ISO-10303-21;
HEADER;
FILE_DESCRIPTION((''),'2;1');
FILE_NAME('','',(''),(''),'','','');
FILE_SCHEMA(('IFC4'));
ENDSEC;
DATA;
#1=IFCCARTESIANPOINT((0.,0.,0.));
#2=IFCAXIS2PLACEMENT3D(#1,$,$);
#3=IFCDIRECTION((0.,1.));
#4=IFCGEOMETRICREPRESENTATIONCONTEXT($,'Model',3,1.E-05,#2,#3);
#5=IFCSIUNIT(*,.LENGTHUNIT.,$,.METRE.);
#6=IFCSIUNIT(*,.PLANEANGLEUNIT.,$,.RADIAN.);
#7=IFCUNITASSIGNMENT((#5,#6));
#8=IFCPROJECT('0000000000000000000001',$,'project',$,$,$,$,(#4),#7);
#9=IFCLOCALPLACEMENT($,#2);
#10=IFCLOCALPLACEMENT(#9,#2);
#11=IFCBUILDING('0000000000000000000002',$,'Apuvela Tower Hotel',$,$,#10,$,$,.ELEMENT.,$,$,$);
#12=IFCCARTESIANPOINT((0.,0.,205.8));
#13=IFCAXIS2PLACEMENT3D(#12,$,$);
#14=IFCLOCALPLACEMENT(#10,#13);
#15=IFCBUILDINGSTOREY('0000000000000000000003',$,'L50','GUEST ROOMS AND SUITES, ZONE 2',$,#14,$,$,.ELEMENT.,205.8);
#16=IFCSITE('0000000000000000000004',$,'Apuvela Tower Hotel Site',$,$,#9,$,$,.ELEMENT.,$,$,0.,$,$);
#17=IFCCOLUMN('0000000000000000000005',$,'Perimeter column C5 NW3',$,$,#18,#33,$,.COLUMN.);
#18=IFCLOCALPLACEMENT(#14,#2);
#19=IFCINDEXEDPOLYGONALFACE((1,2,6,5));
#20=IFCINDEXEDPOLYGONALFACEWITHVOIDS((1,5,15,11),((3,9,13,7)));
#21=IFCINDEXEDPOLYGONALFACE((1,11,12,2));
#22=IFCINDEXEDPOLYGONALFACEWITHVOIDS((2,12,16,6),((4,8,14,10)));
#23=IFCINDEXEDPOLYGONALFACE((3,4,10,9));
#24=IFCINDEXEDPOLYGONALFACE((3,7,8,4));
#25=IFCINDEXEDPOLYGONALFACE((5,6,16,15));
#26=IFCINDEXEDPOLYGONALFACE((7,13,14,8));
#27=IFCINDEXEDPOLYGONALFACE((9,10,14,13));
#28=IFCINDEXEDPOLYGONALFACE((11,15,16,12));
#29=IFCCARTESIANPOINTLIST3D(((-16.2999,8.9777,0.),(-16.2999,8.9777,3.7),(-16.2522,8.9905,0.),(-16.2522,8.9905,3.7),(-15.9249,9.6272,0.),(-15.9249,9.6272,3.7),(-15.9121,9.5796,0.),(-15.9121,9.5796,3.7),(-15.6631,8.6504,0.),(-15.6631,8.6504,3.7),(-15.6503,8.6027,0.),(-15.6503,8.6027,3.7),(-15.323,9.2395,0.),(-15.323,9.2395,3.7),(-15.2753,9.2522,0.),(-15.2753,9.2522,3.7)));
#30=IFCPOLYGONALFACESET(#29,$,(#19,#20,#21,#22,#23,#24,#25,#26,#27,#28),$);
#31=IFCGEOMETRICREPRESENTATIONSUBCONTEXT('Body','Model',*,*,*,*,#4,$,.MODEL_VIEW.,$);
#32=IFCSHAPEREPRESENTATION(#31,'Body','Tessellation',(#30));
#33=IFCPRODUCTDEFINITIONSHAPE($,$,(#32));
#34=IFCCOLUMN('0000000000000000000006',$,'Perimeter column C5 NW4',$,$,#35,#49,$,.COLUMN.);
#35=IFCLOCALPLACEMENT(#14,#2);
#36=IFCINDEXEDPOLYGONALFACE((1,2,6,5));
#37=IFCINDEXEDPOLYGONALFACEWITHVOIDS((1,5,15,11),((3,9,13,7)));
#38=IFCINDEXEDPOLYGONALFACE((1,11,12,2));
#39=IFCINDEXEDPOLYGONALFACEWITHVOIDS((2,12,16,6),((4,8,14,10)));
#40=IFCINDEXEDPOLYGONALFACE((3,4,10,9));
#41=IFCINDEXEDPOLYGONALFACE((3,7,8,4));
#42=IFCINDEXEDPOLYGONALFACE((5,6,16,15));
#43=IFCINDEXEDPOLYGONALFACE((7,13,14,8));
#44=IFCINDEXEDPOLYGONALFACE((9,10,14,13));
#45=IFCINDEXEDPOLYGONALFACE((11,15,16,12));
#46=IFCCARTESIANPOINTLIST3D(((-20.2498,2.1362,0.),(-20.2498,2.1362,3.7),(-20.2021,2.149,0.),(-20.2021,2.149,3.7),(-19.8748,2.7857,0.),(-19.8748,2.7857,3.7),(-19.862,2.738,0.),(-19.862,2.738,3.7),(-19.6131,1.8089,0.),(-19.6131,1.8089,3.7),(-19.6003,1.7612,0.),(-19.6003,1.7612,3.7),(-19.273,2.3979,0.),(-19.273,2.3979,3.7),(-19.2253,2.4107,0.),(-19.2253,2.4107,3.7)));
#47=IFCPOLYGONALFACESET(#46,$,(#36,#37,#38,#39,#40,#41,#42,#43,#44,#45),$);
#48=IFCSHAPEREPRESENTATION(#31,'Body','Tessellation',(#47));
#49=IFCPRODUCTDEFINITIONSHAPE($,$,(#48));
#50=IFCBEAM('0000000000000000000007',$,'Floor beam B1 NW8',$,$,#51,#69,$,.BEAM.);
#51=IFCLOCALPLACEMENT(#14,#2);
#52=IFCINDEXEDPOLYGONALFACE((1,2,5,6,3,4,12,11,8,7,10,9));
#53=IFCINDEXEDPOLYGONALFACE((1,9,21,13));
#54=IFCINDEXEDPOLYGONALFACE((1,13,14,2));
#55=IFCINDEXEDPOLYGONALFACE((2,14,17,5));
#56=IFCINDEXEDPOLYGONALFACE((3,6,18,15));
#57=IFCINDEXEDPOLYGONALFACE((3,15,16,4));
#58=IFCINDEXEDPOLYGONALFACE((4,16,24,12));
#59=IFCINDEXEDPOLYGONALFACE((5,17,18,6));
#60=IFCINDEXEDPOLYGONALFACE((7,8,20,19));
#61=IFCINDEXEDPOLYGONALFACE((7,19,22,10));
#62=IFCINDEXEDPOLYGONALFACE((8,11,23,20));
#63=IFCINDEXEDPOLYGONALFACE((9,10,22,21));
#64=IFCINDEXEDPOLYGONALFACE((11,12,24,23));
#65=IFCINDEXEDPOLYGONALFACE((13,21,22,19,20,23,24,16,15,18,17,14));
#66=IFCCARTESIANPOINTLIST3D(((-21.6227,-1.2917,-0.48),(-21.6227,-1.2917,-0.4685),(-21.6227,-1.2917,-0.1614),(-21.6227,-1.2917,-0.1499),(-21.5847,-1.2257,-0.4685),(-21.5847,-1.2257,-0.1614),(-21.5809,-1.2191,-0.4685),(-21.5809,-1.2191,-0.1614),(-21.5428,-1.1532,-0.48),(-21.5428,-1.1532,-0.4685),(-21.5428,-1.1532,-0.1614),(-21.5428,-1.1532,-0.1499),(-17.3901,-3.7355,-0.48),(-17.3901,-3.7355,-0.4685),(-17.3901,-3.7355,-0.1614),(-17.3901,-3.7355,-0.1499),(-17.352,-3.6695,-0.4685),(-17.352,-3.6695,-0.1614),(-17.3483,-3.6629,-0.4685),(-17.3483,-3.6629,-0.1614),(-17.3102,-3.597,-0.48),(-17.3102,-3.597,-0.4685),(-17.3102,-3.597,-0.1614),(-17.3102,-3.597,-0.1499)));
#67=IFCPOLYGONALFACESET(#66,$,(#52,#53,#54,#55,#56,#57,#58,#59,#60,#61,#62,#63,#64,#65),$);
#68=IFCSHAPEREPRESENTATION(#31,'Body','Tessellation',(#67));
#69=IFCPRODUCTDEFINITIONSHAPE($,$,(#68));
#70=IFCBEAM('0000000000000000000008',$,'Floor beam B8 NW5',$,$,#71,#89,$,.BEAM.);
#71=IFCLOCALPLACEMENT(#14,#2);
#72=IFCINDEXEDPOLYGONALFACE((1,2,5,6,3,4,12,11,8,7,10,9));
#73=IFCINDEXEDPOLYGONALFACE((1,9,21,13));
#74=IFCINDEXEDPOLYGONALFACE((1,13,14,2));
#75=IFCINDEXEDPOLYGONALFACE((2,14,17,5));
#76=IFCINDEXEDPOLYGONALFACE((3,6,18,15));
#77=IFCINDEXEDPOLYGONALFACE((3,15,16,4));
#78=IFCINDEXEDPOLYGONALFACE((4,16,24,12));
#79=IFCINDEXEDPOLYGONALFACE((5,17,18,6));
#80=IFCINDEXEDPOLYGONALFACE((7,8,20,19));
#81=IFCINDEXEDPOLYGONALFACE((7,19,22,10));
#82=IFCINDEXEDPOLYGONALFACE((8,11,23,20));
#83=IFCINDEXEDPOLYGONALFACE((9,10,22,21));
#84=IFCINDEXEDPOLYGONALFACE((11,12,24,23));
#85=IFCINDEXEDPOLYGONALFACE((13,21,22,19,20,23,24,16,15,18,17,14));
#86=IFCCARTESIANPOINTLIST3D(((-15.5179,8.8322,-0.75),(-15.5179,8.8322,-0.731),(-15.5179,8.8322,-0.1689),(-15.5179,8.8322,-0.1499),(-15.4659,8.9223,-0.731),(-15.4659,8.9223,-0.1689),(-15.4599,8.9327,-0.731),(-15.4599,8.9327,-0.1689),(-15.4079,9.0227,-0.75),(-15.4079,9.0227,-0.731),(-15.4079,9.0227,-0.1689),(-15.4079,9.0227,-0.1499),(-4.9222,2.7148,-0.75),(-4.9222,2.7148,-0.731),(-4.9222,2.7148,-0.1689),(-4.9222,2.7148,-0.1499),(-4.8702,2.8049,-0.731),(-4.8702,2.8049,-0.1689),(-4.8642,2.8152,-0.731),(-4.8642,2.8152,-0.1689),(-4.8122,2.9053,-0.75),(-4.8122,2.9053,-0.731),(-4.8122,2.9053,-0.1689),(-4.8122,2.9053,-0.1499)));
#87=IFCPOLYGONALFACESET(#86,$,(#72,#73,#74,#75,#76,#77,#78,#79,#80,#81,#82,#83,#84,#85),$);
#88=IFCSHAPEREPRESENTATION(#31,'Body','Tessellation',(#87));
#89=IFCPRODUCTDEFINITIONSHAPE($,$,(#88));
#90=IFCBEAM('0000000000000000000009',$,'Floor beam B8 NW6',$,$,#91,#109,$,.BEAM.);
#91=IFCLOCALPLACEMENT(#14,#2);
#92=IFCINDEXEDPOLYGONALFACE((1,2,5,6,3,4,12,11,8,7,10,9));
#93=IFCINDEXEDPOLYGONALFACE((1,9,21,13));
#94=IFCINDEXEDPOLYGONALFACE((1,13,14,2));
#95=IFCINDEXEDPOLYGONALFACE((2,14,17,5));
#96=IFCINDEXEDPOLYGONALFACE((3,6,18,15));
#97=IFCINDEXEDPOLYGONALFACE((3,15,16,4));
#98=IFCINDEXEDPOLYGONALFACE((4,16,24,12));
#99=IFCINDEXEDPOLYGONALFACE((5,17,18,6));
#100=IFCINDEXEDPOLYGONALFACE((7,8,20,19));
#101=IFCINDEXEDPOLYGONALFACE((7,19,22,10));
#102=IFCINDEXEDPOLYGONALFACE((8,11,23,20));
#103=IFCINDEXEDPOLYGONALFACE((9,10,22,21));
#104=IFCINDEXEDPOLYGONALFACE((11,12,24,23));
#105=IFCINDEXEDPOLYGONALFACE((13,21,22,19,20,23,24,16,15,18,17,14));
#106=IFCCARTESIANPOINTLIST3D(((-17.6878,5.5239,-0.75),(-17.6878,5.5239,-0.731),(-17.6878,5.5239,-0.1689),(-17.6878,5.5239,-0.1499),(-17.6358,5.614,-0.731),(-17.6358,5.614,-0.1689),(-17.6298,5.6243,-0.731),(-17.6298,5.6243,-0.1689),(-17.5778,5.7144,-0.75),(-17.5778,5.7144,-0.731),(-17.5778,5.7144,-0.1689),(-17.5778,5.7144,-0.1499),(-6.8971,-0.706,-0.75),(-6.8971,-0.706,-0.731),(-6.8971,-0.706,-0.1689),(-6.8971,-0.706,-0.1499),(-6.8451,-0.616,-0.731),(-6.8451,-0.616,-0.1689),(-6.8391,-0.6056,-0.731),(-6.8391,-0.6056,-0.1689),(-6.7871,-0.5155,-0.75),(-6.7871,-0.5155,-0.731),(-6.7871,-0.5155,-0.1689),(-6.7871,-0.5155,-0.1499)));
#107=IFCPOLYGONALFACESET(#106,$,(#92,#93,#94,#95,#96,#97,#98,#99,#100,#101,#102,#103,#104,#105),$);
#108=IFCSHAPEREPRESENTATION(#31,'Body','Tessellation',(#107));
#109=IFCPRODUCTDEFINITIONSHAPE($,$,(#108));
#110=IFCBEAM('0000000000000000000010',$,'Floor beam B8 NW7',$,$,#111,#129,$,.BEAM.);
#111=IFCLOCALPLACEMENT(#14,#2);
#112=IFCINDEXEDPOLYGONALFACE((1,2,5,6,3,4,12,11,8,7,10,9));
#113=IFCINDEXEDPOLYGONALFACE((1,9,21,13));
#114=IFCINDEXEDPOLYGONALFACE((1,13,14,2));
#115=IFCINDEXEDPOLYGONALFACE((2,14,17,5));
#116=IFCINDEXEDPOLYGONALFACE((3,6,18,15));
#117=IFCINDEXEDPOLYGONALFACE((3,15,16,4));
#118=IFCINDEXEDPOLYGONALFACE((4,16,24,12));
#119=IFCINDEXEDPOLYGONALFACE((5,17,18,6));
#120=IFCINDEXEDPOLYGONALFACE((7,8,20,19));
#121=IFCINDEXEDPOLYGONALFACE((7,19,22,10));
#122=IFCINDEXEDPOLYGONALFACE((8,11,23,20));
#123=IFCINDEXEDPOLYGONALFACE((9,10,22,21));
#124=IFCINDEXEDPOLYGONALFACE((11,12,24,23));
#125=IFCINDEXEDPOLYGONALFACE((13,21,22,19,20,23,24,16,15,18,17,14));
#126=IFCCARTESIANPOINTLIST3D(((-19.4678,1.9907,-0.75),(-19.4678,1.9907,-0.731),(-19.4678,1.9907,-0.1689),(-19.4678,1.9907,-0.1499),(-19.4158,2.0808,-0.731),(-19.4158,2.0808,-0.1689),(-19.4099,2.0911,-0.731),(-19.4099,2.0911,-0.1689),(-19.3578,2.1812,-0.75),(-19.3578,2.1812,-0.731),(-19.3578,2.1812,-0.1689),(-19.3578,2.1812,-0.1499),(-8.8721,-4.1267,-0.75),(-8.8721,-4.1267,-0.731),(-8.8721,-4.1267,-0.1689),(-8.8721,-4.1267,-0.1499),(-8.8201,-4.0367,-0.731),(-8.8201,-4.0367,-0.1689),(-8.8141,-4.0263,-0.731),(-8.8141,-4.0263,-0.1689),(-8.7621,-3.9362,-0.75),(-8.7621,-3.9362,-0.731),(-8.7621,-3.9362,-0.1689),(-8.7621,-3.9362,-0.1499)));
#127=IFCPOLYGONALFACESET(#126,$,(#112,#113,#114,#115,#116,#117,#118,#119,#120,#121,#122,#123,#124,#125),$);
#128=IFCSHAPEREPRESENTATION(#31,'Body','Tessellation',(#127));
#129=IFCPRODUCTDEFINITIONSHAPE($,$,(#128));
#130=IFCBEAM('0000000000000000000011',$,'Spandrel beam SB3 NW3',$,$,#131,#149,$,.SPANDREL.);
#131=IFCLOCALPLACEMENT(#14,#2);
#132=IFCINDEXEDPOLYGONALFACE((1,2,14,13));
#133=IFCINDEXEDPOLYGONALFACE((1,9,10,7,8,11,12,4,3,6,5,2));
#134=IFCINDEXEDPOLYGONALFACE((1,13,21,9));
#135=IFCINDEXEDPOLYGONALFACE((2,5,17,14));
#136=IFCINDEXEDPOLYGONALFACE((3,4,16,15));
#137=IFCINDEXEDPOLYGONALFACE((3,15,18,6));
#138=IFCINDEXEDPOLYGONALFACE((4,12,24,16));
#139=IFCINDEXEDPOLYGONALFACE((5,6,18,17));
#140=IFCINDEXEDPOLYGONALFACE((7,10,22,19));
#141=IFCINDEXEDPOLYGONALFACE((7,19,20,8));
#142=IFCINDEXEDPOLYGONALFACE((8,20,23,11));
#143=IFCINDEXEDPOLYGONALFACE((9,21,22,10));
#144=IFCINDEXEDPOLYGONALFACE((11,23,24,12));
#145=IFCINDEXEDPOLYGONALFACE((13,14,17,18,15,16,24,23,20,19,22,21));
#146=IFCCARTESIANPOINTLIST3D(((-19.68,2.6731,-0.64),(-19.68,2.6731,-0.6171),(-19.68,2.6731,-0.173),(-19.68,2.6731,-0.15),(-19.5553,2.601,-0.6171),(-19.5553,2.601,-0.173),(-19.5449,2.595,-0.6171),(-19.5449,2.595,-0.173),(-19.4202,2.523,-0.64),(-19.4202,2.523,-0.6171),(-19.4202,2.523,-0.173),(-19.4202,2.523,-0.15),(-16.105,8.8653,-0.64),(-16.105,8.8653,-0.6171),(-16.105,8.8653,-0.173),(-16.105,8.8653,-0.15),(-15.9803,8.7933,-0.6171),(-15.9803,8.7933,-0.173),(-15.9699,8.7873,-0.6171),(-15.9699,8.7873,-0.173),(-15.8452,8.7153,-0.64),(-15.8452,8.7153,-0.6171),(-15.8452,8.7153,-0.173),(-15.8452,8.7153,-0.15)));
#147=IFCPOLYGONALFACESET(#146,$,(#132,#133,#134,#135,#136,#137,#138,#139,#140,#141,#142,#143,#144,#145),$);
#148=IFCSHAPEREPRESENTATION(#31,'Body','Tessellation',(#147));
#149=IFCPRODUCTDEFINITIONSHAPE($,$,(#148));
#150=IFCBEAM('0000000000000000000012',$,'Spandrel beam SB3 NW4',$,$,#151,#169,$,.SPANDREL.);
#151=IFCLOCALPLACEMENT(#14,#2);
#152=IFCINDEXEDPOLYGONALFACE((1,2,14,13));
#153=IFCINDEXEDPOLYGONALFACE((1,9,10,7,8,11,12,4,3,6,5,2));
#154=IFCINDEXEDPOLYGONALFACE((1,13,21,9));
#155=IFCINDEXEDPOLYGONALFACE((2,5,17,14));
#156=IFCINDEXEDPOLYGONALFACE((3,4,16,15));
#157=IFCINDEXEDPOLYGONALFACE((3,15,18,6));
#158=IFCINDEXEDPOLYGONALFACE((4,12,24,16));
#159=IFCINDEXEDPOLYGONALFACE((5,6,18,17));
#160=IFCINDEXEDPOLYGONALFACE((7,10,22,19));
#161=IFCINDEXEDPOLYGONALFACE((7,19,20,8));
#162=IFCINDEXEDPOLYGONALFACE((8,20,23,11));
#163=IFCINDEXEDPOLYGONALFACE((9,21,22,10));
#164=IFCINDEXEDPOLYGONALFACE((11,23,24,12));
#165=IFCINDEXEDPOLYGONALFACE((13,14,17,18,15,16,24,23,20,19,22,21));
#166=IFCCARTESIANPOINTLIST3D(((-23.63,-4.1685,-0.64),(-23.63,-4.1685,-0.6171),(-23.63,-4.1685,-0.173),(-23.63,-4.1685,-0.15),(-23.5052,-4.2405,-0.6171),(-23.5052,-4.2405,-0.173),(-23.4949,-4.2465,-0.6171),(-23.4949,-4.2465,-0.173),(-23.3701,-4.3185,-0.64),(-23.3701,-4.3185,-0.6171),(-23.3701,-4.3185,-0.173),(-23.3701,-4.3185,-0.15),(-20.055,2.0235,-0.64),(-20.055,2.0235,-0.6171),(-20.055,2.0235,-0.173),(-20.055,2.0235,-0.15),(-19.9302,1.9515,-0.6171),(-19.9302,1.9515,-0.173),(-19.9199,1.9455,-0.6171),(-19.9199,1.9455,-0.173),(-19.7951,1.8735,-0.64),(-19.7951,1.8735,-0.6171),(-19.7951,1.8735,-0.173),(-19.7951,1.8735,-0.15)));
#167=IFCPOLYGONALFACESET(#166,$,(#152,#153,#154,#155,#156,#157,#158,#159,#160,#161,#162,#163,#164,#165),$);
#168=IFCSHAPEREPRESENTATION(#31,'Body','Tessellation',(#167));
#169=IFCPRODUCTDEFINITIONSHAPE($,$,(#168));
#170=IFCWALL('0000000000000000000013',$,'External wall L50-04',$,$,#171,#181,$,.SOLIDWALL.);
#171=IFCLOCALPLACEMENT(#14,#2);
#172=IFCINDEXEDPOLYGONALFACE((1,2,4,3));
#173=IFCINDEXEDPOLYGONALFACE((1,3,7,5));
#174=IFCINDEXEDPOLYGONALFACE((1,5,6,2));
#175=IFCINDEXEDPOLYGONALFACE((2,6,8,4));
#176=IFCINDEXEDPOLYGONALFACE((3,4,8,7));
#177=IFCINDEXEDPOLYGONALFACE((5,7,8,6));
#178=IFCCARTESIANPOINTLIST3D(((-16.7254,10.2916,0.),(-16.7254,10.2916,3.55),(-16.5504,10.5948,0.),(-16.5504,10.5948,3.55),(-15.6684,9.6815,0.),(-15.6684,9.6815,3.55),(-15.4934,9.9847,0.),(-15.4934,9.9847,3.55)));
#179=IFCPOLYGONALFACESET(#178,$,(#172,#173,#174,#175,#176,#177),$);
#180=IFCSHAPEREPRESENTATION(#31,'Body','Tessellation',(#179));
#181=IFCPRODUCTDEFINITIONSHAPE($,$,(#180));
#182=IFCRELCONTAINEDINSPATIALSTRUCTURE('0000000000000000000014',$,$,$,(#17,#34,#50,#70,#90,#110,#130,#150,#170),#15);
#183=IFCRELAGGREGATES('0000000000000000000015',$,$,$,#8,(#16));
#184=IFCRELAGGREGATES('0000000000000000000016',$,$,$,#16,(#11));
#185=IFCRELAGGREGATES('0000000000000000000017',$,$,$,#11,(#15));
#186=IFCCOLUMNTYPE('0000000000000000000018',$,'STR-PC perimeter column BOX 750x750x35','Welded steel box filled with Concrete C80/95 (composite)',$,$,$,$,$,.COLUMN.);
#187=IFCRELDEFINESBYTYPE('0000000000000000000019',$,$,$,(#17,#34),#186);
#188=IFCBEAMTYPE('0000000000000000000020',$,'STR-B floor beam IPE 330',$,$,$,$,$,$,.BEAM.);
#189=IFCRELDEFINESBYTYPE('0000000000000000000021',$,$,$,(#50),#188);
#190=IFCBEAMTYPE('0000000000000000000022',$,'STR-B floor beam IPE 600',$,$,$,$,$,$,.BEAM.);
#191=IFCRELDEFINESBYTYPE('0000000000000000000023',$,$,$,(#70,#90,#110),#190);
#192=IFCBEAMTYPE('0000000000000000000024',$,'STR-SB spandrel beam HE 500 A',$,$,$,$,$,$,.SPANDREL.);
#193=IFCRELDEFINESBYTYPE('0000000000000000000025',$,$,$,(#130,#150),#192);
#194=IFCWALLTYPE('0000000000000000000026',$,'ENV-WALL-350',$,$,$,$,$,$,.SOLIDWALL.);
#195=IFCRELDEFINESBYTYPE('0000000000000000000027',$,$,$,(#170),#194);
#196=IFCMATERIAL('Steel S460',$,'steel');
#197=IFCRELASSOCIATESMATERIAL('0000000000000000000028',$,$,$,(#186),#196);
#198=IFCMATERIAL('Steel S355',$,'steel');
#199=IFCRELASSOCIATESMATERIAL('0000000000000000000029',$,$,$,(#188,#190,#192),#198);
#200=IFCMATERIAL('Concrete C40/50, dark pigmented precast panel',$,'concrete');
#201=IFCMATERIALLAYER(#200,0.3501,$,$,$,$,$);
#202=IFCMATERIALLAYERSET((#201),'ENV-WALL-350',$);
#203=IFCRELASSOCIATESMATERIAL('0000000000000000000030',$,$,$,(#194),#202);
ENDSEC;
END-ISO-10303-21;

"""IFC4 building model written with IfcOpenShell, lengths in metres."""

from ifc_helpers import new_model, si_unit, direction, frame, frame_2d, origin, origin_2d, place, context, subcontext, project, spatial, rectangle, hollow_rectangle, i_section, extrude, material, layer, layer_set, material_profile, profile_set, type_object, element, save


model = new_model("IFC4")

# Units and contexts
model_context = context("Model", 3, precision=1e-05, world=origin(), true_north=direction((0.0, 1.0)))
body_context = subcontext(model_context, "Body", "Model", "MODEL_VIEW")
ifc_project = project(units=[si_unit("LENGTHUNIT", "METRE"), si_unit("PLANEANGLEUNIT", "RADIAN")], contexts=[model_context])

# Site, building, storey
site_placement = place(None, origin())
site = spatial("IfcSite", under=ifc_project, at=site_placement, Name="Apuvela Tower Hotel Site", CompositionType="ELEMENT", RefElevation=0.0)
building_placement = place(site_placement, origin())
building = spatial("IfcBuilding", under=site, at=building_placement, Name="Apuvela Tower Hotel", CompositionType="ELEMENT")
storey_placement = place(building_placement, frame((0.0, 0.0, 205.8)))
storey = spatial("IfcBuildingStorey", under=building, at=storey_placement, Name="L50", Description="GUEST ROOMS AND SUITES, ZONE 2", CompositionType="ELEMENT", Elevation=205.8)

# Columns
ifc_material_1 = material(Name="Steel S460", Category="steel")
ifc_material_profile_1 = material_profile(ifc_material_1, hollow_rectangle(XDim=0.75, YDim=0.75, WallThickness=0.0349, at=origin_2d()), Name="BOX 750x750x35")
ifc_material_2 = material(Name="Concrete C80/95", Category="concrete")
ifc_material_profile_2 = material_profile(ifc_material_2, rectangle(XDim=0.6799, YDim=0.6799, at=origin_2d()), Name="Concrete C80/95 infill")
ifc_profile_set_1 = profile_set([ifc_material_profile_1, ifc_material_profile_2], Name="Steel S460")
column_type = type_object("IfcColumnType", Name="STR-PC perimeter column BOX 750x750x35", Description="Welded steel box filled with Concrete C80/95 (composite)", PredefinedType="COLUMN", material=ifc_profile_set_1)
for number, where, z_axis, x_axis, name in (
    (1, (-15.7876, 9.115, 0.0), (0.0, 0.0, 1.0), (0.5, 0.866025, 0.0), "Perimeter column C5 NW3"),
    (2, (-19.7375, 2.2734, 0.0), (0.0, 0.0, 1.0), (0.5, 0.866025, 0.0), "Perimeter column C5 NW4"),
):
    element("IfcColumn", number, at=place(storey_placement, frame(where, z_axis=z_axis, x_axis=x_axis)), inside=storey, type_object=column_type, Name=name, PredefinedType="COLUMN", context=body_context, shape_type="SweptSolid", body=[
        extrude(hollow_rectangle(XDim=0.75, YDim=0.75, WallThickness=0.0349, at=origin_2d()), origin(), (0.0, 0.0, 1.0), 3.7),
    ])

# Beams
ifc_material_3 = material(Name="Steel S355", Category="steel")
ifc_material_profile_3 = material_profile(ifc_material_3, i_section(OverallWidth=0.1599, OverallDepth=0.3301, WebThickness=0.0076, FlangeThickness=0.0115, at=origin_2d()), Name="IPE 330")
ifc_profile_set_2 = profile_set([ifc_material_profile_3], Name="Steel S355")
beam_type_1 = type_object("IfcBeamType", Name="STR-B floor beam IPE 330", PredefinedType="BEAM", material=ifc_profile_set_2)
beam_1_placement = place(storey_placement, frame((-21.5828, -1.2224, -0.3149), z_axis=(0.866015, -0.500018, 0.0), x_axis=(0.500018, 0.866015, 0.0)))
element("IfcBeam", 3, at=beam_1_placement, inside=storey, type_object=beam_type_1, Name="Floor beam B1 NW8", PredefinedType="BEAM", context=body_context, shape_type="SweptSolid", body=[
    extrude(i_section(OverallWidth=0.1599, OverallDepth=0.3301, WebThickness=0.0076, FlangeThickness=0.0115, at=origin_2d()), origin(), (0.0, 0.0, 1.0), 4.8875),
])
ifc_material_profile_4 = material_profile(ifc_material_3, i_section(OverallWidth=0.22, OverallDepth=0.6001, WebThickness=0.012, FlangeThickness=0.019, at=origin_2d()), Name="IPE 600")
ifc_profile_set_3 = profile_set([ifc_material_profile_4], Name="Steel S355")
beam_type_2 = type_object("IfcBeamType", Name="STR-B floor beam IPE 600", PredefinedType="BEAM", material=ifc_profile_set_3)
beam_2_placement = place(storey_placement, frame((-15.4629, 8.9275, -0.45), z_axis=(0.866025, -0.5, 0.0), x_axis=(0.5, 0.866025, 0.0)))
element("IfcBeam", 4, at=beam_2_placement, inside=storey, type_object=beam_type_2, Name="Floor beam B8 NW5", PredefinedType="BEAM", context=body_context, shape_type="SweptSolid", body=[
    extrude(i_section(OverallWidth=0.22, OverallDepth=0.6001, WebThickness=0.012, FlangeThickness=0.019, at=origin_2d()), origin(), (0.0, 0.0, 1.0), 12.2349),
])
beam_3_placement = place(storey_placement, frame((-17.6328, 5.6191, -0.45), z_axis=(0.866028, -0.499996, 0.0), x_axis=(0.499996, 0.866028, 0.0)))
element("IfcBeam", 5, at=beam_3_placement, inside=storey, type_object=beam_type_2, Name="Floor beam B8 NW6", PredefinedType="BEAM", context=body_context, shape_type="SweptSolid", body=[
    extrude(i_section(OverallWidth=0.22, OverallDepth=0.6001, WebThickness=0.012, FlangeThickness=0.019, at=origin_2d()), origin(), (0.0, 0.0, 1.0), 12.46),
])
beam_4_placement = place(storey_placement, frame((-19.4128, 2.0859, -0.45), z_axis=(0.866025, -0.5, 0.0), x_axis=(0.5, 0.866025, 0.0)))
element("IfcBeam", 6, at=beam_4_placement, inside=storey, type_object=beam_type_2, Name="Floor beam B8 NW7", PredefinedType="BEAM", context=body_context, shape_type="SweptSolid", body=[
    extrude(i_section(OverallWidth=0.22, OverallDepth=0.6001, WebThickness=0.012, FlangeThickness=0.019, at=origin_2d()), origin(), (0.0, 0.0, 1.0), 12.2349),
])
ifc_material_profile_5 = material_profile(ifc_material_3, i_section(OverallWidth=0.3, OverallDepth=0.49, WebThickness=0.012, FlangeThickness=0.0229, at=origin_2d()), Name="HE 500 A")
ifc_profile_set_4 = profile_set([ifc_material_profile_5], Name="Steel S355")
beam_type_3 = type_object("IfcBeamType", Name="STR-SB spandrel beam HE 500 A", PredefinedType="SPANDREL", material=ifc_profile_set_4)
beam_5_placement = place(storey_placement, frame((-15.9751, 8.7903, -0.395), z_axis=(-0.499991, -0.86603, 0.0), x_axis=(0.86603, -0.499991, 0.0)))
element("IfcBeam", 7, at=beam_5_placement, inside=storey, type_object=beam_type_3, Name="Spandrel beam SB3 NW3", PredefinedType="SPANDREL", context=body_context, shape_type="SweptSolid", body=[
    extrude(i_section(OverallWidth=0.3, OverallDepth=0.49, WebThickness=0.012, FlangeThickness=0.0229, at=origin_2d()), origin(), (0.0, 0.0, 1.0), 7.1501),
])
beam_6_placement = place(storey_placement, frame((-19.925, 1.9485, -0.395), z_axis=(-0.500006, -0.866022, 0.0), x_axis=(0.866022, -0.500006, 0.0)))
element("IfcBeam", 8, at=beam_6_placement, inside=storey, type_object=beam_type_3, Name="Spandrel beam SB3 NW4", PredefinedType="SPANDREL", context=body_context, shape_type="SweptSolid", body=[
    extrude(i_section(OverallWidth=0.3, OverallDepth=0.49, WebThickness=0.012, FlangeThickness=0.0229, at=origin_2d()), origin(), (0.0, 0.0, 1.0), 7.1499),
])

# Wall
ifc_material_4 = material(Name="Concrete C40/50, dark pigmented precast panel", Category="concrete")
ifc_layer_1 = layer(ifc_material_4, 0.3501)
ifc_layer_set_1 = layer_set([ifc_layer_1], Name="ENV-WALL-350")
wall_type_1 = type_object("IfcWallType", Name="ENV-WALL-350", PredefinedType="SOLIDWALL", material=ifc_layer_set_1)
wall_1_placement = place(storey_placement, frame((-15.5808, 9.833, 0.0), z_axis=(0.0, 0.0, 1.0), x_axis=(-0.866056, 0.499948, 0.0)))
element("IfcWall", 9, at=wall_1_placement, inside=storey, type_object=wall_type_1, Name="External wall L50-04", PredefinedType="SOLIDWALL", context=body_context, shape_type="SweptSolid", body=[
    extrude(rectangle(XDim=1.2205, YDim=0.3501, at=frame_2d((0.6104, 0.0))), origin(), (0.0, 0.0, 1.0), 3.55),
])

save(model, "model.ifc")
